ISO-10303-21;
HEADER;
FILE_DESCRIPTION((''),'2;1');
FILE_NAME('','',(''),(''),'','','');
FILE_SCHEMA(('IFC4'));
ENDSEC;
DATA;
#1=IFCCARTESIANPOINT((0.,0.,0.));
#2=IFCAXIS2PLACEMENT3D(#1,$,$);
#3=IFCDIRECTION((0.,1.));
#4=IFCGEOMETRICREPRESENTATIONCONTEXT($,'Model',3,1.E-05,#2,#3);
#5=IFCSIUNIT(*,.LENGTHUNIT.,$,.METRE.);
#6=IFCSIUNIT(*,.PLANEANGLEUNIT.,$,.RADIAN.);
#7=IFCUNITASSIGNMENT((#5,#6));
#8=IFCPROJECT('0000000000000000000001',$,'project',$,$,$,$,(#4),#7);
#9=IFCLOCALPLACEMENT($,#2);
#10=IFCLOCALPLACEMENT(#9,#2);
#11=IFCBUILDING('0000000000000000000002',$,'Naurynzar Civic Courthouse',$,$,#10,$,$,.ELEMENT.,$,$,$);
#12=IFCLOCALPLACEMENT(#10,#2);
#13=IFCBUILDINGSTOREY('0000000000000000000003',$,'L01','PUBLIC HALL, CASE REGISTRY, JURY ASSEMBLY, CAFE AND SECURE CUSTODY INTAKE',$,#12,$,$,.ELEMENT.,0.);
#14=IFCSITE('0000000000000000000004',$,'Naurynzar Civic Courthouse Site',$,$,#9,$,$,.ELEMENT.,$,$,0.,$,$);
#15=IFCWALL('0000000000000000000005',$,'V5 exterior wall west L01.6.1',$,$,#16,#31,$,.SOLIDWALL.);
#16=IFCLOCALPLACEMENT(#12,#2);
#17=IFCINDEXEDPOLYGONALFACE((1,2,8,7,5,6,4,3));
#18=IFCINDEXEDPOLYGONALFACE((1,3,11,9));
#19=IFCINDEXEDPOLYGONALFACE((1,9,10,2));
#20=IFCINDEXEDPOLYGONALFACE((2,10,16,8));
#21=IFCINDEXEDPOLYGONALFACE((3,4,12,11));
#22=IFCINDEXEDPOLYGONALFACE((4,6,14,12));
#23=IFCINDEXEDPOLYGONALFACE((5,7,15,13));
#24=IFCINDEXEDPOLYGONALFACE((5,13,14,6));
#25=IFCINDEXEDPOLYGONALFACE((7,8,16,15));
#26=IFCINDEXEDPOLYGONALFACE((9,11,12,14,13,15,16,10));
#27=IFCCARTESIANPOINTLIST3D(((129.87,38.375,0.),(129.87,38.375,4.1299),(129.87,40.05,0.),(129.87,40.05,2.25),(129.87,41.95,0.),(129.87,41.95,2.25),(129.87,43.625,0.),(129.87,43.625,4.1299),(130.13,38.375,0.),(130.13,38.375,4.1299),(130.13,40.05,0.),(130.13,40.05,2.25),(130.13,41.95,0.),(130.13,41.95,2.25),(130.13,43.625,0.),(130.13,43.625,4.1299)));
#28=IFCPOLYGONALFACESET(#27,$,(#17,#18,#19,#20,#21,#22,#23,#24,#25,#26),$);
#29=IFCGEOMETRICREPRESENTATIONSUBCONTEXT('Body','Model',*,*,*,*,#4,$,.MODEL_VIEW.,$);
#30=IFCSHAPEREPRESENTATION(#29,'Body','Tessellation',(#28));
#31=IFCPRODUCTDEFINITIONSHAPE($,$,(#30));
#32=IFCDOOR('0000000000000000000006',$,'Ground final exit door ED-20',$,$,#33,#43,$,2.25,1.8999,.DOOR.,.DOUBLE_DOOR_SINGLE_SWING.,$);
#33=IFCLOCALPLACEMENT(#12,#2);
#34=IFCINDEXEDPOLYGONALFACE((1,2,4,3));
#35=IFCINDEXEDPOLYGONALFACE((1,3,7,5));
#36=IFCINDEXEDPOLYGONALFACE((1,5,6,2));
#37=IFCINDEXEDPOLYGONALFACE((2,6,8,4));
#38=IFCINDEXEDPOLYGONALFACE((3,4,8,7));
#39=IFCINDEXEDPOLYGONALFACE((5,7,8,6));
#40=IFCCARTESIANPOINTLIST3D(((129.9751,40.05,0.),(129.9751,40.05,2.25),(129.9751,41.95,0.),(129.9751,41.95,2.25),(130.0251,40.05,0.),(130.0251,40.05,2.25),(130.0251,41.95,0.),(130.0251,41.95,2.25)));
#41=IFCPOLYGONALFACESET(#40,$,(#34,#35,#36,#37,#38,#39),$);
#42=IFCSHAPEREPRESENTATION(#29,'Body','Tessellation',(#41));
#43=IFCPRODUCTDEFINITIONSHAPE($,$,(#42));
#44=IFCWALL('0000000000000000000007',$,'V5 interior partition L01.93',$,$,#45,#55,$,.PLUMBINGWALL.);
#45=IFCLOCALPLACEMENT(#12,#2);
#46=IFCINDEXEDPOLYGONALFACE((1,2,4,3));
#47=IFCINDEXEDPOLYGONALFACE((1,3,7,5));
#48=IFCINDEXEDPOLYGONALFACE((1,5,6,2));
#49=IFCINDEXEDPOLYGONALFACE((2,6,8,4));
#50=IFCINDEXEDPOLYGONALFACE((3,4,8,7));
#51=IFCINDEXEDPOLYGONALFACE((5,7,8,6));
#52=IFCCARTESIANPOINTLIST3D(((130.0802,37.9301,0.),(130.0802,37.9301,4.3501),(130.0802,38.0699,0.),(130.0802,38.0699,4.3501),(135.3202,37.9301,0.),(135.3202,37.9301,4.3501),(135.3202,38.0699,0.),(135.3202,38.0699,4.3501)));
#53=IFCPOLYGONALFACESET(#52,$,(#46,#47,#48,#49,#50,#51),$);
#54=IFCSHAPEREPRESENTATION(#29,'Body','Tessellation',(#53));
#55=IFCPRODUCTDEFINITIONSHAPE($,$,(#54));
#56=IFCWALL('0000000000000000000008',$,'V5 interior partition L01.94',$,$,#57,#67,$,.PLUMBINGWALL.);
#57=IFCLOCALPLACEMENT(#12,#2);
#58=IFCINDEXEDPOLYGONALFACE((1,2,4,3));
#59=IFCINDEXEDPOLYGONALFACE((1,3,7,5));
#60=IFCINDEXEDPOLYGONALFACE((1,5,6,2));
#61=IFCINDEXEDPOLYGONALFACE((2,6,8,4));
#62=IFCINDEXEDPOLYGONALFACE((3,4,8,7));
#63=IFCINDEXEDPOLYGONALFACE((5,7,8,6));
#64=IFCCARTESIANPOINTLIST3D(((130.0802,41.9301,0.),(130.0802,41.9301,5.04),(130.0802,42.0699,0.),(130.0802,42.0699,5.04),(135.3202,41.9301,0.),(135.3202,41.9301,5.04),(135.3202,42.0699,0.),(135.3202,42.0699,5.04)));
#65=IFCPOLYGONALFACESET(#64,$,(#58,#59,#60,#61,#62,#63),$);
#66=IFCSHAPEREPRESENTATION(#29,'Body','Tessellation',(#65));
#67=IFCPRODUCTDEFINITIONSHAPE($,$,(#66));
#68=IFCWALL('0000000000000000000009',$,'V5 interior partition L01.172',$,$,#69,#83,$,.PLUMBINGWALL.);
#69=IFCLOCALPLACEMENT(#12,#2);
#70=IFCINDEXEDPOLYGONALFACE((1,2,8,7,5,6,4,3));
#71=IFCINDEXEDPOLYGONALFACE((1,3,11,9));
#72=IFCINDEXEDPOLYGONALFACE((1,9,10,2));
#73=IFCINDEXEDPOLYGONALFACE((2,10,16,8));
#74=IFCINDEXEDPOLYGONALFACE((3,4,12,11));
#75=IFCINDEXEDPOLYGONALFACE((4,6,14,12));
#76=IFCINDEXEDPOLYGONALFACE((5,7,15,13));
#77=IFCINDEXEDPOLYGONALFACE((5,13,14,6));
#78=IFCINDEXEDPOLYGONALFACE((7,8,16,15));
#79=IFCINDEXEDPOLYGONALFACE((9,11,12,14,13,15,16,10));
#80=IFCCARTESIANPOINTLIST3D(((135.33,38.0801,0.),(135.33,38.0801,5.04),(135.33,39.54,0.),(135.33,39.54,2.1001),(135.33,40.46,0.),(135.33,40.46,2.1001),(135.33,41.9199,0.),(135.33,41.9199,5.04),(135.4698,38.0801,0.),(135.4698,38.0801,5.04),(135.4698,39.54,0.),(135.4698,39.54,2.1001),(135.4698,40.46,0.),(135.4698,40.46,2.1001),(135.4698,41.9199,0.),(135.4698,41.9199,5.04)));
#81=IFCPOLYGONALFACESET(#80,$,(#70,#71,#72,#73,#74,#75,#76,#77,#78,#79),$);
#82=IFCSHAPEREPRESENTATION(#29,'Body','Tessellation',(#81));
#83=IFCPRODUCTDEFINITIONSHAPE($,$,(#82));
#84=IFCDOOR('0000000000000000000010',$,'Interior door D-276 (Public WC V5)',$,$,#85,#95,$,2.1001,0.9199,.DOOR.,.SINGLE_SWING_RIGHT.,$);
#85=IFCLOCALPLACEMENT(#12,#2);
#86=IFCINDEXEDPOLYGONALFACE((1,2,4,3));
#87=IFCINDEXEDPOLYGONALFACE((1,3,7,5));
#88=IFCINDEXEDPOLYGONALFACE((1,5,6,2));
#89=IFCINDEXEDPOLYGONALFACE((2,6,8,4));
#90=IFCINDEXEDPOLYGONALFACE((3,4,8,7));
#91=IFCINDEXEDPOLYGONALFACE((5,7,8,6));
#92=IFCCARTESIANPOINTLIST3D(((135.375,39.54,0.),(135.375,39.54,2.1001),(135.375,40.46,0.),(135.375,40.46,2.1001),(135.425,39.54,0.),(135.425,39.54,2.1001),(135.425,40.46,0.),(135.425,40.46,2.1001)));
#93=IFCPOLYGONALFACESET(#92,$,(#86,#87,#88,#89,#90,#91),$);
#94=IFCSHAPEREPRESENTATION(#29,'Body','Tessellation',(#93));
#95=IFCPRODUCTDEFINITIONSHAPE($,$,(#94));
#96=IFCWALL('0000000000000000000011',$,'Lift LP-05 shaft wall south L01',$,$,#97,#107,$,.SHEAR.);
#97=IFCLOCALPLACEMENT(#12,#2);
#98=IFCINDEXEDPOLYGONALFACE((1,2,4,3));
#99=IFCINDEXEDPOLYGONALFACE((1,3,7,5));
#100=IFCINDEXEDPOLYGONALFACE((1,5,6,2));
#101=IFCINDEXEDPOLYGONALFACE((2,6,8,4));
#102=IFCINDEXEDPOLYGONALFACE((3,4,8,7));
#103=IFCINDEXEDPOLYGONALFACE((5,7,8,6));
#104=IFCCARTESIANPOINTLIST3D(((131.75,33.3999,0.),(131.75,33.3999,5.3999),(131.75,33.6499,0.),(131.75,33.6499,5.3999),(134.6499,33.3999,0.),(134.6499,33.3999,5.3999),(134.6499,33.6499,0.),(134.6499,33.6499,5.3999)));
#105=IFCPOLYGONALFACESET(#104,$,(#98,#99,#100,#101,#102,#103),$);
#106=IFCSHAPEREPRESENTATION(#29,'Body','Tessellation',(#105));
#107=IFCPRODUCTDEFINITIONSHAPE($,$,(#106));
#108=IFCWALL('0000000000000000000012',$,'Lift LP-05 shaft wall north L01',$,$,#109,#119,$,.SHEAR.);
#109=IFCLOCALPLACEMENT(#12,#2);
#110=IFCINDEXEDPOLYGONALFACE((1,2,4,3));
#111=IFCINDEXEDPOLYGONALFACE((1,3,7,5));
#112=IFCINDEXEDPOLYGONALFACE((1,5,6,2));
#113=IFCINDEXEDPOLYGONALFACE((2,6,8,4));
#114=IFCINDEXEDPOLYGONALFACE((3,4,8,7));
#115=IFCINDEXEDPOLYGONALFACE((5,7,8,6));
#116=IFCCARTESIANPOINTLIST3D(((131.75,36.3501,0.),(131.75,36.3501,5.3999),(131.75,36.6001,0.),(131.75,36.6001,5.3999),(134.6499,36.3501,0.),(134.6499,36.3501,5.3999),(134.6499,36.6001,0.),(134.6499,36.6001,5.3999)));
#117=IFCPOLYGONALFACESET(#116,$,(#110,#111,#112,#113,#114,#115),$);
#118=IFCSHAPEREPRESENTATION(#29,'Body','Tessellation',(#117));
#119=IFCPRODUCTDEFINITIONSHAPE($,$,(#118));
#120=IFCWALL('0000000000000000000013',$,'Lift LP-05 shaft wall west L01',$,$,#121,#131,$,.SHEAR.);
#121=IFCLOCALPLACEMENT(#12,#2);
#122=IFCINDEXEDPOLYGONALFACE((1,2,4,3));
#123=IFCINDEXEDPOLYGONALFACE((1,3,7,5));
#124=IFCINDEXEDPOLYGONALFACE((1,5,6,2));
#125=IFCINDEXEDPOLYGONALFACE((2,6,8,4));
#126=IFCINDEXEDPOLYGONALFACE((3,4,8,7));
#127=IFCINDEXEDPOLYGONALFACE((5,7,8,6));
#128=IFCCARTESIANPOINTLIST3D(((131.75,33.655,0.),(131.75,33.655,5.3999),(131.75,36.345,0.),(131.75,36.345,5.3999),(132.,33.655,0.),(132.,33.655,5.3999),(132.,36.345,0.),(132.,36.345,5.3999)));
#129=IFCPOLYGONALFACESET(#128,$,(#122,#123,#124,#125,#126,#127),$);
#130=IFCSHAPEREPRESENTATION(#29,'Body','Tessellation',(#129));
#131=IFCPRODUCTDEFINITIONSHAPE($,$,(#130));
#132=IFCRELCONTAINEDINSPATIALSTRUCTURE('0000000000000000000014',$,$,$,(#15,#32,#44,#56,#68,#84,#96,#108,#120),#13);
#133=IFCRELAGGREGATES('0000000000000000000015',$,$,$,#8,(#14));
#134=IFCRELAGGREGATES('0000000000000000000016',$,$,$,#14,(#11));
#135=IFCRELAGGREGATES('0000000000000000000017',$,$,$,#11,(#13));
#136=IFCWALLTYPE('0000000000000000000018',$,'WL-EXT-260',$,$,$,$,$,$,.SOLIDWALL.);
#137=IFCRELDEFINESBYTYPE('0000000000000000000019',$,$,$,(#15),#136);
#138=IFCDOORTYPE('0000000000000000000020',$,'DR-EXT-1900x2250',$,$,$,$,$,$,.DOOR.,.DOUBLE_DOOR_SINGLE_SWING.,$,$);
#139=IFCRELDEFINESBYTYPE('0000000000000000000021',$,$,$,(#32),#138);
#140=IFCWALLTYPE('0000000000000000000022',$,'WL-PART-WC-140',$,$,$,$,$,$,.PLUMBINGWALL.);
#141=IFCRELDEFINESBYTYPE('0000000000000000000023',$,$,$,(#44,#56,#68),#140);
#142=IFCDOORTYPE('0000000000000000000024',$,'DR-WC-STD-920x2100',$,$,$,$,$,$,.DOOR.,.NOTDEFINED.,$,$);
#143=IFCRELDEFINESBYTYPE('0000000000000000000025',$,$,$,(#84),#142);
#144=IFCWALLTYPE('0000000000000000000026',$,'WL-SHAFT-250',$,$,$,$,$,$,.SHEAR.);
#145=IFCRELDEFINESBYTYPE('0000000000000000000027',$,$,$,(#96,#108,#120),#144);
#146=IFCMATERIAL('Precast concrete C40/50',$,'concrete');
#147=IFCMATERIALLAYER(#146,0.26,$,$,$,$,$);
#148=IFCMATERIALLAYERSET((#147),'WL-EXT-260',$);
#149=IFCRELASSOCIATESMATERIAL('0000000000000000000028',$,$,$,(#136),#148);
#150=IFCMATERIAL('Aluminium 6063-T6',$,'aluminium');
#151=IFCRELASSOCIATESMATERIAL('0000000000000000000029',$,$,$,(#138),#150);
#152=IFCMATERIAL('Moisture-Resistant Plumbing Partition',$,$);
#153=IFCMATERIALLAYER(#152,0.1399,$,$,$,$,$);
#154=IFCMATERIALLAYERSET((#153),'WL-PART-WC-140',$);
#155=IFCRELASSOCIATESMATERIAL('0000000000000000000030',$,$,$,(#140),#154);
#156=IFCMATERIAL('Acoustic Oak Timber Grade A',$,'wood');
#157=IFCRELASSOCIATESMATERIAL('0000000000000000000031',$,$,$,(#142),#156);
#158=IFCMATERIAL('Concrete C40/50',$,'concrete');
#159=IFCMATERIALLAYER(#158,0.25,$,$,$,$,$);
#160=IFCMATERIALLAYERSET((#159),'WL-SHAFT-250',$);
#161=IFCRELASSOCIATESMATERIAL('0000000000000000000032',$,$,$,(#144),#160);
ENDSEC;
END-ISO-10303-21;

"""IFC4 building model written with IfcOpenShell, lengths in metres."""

from ifc_helpers import new_model, si_unit, direction, frame, frame_2d, origin, place, context, subcontext, project, spatial, rectangle, extrude, material, layer, layer_set, type_object, element, fill, save


model = new_model("IFC4")

# Units and contexts
model_context = context("Model", 3, precision=1e-05, world=origin(), true_north=direction((0.0, 1.0)))
body_context = subcontext(model_context, "Body", "Model", "MODEL_VIEW")
ifc_project = project(units=[si_unit("LENGTHUNIT", "METRE"), si_unit("PLANEANGLEUNIT", "RADIAN")], contexts=[model_context])

# Site, building, storey
site_placement = place(None, origin())
site = spatial("IfcSite", under=ifc_project, at=site_placement, Name="Naurynzar Civic Courthouse Site", CompositionType="ELEMENT", RefElevation=0.0)
building_placement = place(site_placement, origin())
building = spatial("IfcBuilding", under=site, at=building_placement, Name="Naurynzar Civic Courthouse", CompositionType="ELEMENT")
storey_placement = place(building_placement, origin())
storey = spatial("IfcBuildingStorey", under=building, at=storey_placement, Name="L01", Description="PUBLIC HALL, CASE REGISTRY, JURY ASSEMBLY, CAFE AND SECURE CUSTODY INTAKE", CompositionType="ELEMENT", Elevation=0.0)

# Shared definitions
ifc_material_1 = material(Name="Precast concrete C40/50", Category="concrete")
ifc_layer_1 = layer(ifc_material_1, 0.26)
ifc_layer_set_1 = layer_set([ifc_layer_1], Name="WL-EXT-260")
wall_type_1 = type_object("IfcWallType", Name="WL-EXT-260", PredefinedType="SOLIDWALL", material=ifc_layer_set_1)

# Wall, opening, door
wall_1_placement = place(storey_placement, frame((130.0, 38.375, 0.0), z_axis=(0.0, 0.0, 1.0), x_axis=(0.0, 1.0, 0.0)))
wall_1 = element("IfcWall", 1, at=wall_1_placement, inside=storey, type_object=wall_type_1, Name="V5 exterior wall west L01.6.1", PredefinedType="SOLIDWALL", context=body_context, shape_type="SweptSolid", body=[
    extrude(rectangle(XDim=5.25, YDim=0.26, at=frame_2d((2.625, 0.0))), origin(), (0.0, 0.0, 1.0), 4.1299),
])
opening_1_placement = place(wall_1_placement, frame((1.675, 0.0, 0.0)))
opening_1 = element("IfcOpeningElement", 2, at=opening_1_placement, cuts=wall_1, PredefinedType="OPENING", context=body_context, shape_type="SweptSolid", body=[
    extrude(rectangle(XDim=1.8999, YDim=2.25, at=frame_2d((0.95, 1.125))), frame((0.0, 0.1399, 0.0), z_axis=(0.0, -1.0, 0.0), x_axis=(1.0, 0.0, 0.0)), (0.0, 0.0, 1.0), 0.28),
])
ifc_material_2 = material(Name="Aluminium 6063-T6", Category="aluminium")
door_type_1 = type_object("IfcDoorType", Name="DR-EXT-1900x2250", OperationType="DOUBLE_DOOR_SINGLE_SWING", PredefinedType="DOOR", material=ifc_material_2)
door_1_placement = place(opening_1_placement, origin())
door_1 = element("IfcDoor", 3, at=door_1_placement, inside=storey, type_object=door_type_1, Name="Ground final exit door ED-20", OperationType="DOUBLE_DOOR_SINGLE_SWING", OverallHeight=2.25, OverallWidth=1.8999, PredefinedType="DOOR", context=body_context, shape_type="SweptSolid", body=[
    extrude(rectangle(XDim=1.8999, YDim=2.25, at=frame_2d((0.95, 1.125))), frame((0.0, 0.0249, 0.0), z_axis=(0.0, -1.0, 0.0), x_axis=(1.0, 0.0, 0.0)), (0.0, 0.0, 1.0), 0.05),
])
fill(opening_1, door_1)

# Walls
ifc_material_3 = material(Name="Moisture-Resistant Plumbing Partition")
ifc_layer_2 = layer(ifc_material_3, 0.1399)
ifc_layer_set_2 = layer_set([ifc_layer_2], Name="WL-PART-WC-140")
wall_type_2 = type_object("IfcWallType", Name="WL-PART-WC-140", PredefinedType="PLUMBINGWALL", material=ifc_layer_set_2)
wall_2_placement = place(storey_placement, frame((130.0801, 38.0, 0.0), z_axis=(0.0, 0.0, 1.0), x_axis=(1.0, 0.0, 0.0)))
element("IfcWall", 4, at=wall_2_placement, inside=storey, type_object=wall_type_2, Name="V5 interior partition L01.93", PredefinedType="PLUMBINGWALL", context=body_context, shape_type="SweptSolid", body=[
    extrude(rectangle(XDim=5.24, YDim=0.1399, at=frame_2d((2.6201, 0.0))), origin(), (0.0, 0.0, 1.0), 4.3501),
])
wall_3_placement = place(storey_placement, frame((130.0801, 42.0, 0.0), z_axis=(0.0, 0.0, 1.0), x_axis=(1.0, 0.0, 0.0)))
element("IfcWall", 5, at=wall_3_placement, inside=storey, type_object=wall_type_2, Name="V5 interior partition L01.94", PredefinedType="PLUMBINGWALL", context=body_context, shape_type="SweptSolid", body=[
    extrude(rectangle(XDim=5.24, YDim=0.1399, at=frame_2d((2.6201, 0.0))), origin(), (0.0, 0.0, 1.0), 5.04),
])

# Wall, opening, door
wall_4_placement = place(storey_placement, frame((135.3999, 38.0801, 0.0), z_axis=(0.0, 0.0, 1.0), x_axis=(0.0, 1.0, 0.0)))
wall_4 = element("IfcWall", 6, at=wall_4_placement, inside=storey, type_object=wall_type_2, Name="V5 interior partition L01.172", PredefinedType="PLUMBINGWALL", context=body_context, shape_type="SweptSolid", body=[
    extrude(rectangle(XDim=3.8398, YDim=0.1399, at=frame_2d((1.9199, 0.0))), origin(), (0.0, 0.0, 1.0), 5.04),
])
opening_2_placement = place(wall_4_placement, frame((1.46, 0.0, 0.0)))
opening_2 = element("IfcOpeningElement", 7, at=opening_2_placement, cuts=wall_4, PredefinedType="OPENING", context=body_context, shape_type="SweptSolid", body=[
    extrude(rectangle(XDim=0.9199, YDim=2.1001, at=frame_2d((0.46, 1.05))), frame((0.0, 0.0798, 0.0), z_axis=(0.0, -1.0, 0.0), x_axis=(1.0, 0.0, 0.0)), (0.0, 0.0, 1.0), 0.1599),
])
ifc_material_4 = material(Name="Acoustic Oak Timber Grade A", Category="wood")
door_type_2 = type_object("IfcDoorType", Name="DR-WC-STD-920x2100", OperationType="NOTDEFINED", PredefinedType="DOOR", material=ifc_material_4)
door_2_placement = place(opening_2_placement, origin())
door_2 = element("IfcDoor", 8, at=door_2_placement, inside=storey, type_object=door_type_2, Name="Interior door D-276 (Public WC V5)", OperationType="SINGLE_SWING_RIGHT", OverallHeight=2.1001, OverallWidth=0.9199, PredefinedType="DOOR", context=body_context, shape_type="SweptSolid", body=[
    extrude(rectangle(XDim=0.9199, YDim=2.1001, at=frame_2d((0.46, 1.05))), frame((0.0, 0.0249, 0.0), z_axis=(0.0, -1.0, 0.0), x_axis=(1.0, 0.0, 0.0)), (0.0, 0.0, 1.0), 0.05),
])
fill(opening_2, door_2)

# Walls
ifc_material_5 = material(Name="Concrete C40/50", Category="concrete")
ifc_layer_3 = layer(ifc_material_5, 0.25)
ifc_layer_set_3 = layer_set([ifc_layer_3], Name="WL-SHAFT-250")
wall_type_3 = type_object("IfcWallType", Name="WL-SHAFT-250", PredefinedType="SHEAR", material=ifc_layer_set_3)
for number, where, z_axis, x_axis, name in (
    (9, (131.75, 33.5249, 0.0), (0.0, 0.0, 1.0), (1.0, 0.0, 0.0), "Lift LP-05 shaft wall south L01"),
    (10, (134.6499, 36.4751, 0.0), (0.0, 0.0, 1.0), (-1.0, 0.0, 0.0), "Lift LP-05 shaft wall north L01"),
):
    element("IfcWall", number, at=place(storey_placement, frame(where, z_axis=z_axis, x_axis=x_axis)), inside=storey, type_object=wall_type_3, Name=name, PredefinedType="SHEAR", context=body_context, shape_type="SweptSolid", body=[
        extrude(rectangle(XDim=2.8999, YDim=0.25, at=frame_2d((1.45, 0.0))), origin(), (0.0, 0.0, 1.0), 5.3999),
    ])
wall_5_placement = place(storey_placement, frame((131.875, 36.345, 0.0), z_axis=(0.0, 0.0, 1.0), x_axis=(0.0, -1.0, 0.0)))
element("IfcWall", 11, at=wall_5_placement, inside=storey, type_object=wall_type_3, Name="Lift LP-05 shaft wall west L01", PredefinedType="SHEAR", context=body_context, shape_type="SweptSolid", body=[
    extrude(rectangle(XDim=2.6899, YDim=0.25, at=frame_2d((1.345, 0.0))), origin(), (0.0, 0.0, 1.0), 5.3999),
])

save(model, "model.ifc")
